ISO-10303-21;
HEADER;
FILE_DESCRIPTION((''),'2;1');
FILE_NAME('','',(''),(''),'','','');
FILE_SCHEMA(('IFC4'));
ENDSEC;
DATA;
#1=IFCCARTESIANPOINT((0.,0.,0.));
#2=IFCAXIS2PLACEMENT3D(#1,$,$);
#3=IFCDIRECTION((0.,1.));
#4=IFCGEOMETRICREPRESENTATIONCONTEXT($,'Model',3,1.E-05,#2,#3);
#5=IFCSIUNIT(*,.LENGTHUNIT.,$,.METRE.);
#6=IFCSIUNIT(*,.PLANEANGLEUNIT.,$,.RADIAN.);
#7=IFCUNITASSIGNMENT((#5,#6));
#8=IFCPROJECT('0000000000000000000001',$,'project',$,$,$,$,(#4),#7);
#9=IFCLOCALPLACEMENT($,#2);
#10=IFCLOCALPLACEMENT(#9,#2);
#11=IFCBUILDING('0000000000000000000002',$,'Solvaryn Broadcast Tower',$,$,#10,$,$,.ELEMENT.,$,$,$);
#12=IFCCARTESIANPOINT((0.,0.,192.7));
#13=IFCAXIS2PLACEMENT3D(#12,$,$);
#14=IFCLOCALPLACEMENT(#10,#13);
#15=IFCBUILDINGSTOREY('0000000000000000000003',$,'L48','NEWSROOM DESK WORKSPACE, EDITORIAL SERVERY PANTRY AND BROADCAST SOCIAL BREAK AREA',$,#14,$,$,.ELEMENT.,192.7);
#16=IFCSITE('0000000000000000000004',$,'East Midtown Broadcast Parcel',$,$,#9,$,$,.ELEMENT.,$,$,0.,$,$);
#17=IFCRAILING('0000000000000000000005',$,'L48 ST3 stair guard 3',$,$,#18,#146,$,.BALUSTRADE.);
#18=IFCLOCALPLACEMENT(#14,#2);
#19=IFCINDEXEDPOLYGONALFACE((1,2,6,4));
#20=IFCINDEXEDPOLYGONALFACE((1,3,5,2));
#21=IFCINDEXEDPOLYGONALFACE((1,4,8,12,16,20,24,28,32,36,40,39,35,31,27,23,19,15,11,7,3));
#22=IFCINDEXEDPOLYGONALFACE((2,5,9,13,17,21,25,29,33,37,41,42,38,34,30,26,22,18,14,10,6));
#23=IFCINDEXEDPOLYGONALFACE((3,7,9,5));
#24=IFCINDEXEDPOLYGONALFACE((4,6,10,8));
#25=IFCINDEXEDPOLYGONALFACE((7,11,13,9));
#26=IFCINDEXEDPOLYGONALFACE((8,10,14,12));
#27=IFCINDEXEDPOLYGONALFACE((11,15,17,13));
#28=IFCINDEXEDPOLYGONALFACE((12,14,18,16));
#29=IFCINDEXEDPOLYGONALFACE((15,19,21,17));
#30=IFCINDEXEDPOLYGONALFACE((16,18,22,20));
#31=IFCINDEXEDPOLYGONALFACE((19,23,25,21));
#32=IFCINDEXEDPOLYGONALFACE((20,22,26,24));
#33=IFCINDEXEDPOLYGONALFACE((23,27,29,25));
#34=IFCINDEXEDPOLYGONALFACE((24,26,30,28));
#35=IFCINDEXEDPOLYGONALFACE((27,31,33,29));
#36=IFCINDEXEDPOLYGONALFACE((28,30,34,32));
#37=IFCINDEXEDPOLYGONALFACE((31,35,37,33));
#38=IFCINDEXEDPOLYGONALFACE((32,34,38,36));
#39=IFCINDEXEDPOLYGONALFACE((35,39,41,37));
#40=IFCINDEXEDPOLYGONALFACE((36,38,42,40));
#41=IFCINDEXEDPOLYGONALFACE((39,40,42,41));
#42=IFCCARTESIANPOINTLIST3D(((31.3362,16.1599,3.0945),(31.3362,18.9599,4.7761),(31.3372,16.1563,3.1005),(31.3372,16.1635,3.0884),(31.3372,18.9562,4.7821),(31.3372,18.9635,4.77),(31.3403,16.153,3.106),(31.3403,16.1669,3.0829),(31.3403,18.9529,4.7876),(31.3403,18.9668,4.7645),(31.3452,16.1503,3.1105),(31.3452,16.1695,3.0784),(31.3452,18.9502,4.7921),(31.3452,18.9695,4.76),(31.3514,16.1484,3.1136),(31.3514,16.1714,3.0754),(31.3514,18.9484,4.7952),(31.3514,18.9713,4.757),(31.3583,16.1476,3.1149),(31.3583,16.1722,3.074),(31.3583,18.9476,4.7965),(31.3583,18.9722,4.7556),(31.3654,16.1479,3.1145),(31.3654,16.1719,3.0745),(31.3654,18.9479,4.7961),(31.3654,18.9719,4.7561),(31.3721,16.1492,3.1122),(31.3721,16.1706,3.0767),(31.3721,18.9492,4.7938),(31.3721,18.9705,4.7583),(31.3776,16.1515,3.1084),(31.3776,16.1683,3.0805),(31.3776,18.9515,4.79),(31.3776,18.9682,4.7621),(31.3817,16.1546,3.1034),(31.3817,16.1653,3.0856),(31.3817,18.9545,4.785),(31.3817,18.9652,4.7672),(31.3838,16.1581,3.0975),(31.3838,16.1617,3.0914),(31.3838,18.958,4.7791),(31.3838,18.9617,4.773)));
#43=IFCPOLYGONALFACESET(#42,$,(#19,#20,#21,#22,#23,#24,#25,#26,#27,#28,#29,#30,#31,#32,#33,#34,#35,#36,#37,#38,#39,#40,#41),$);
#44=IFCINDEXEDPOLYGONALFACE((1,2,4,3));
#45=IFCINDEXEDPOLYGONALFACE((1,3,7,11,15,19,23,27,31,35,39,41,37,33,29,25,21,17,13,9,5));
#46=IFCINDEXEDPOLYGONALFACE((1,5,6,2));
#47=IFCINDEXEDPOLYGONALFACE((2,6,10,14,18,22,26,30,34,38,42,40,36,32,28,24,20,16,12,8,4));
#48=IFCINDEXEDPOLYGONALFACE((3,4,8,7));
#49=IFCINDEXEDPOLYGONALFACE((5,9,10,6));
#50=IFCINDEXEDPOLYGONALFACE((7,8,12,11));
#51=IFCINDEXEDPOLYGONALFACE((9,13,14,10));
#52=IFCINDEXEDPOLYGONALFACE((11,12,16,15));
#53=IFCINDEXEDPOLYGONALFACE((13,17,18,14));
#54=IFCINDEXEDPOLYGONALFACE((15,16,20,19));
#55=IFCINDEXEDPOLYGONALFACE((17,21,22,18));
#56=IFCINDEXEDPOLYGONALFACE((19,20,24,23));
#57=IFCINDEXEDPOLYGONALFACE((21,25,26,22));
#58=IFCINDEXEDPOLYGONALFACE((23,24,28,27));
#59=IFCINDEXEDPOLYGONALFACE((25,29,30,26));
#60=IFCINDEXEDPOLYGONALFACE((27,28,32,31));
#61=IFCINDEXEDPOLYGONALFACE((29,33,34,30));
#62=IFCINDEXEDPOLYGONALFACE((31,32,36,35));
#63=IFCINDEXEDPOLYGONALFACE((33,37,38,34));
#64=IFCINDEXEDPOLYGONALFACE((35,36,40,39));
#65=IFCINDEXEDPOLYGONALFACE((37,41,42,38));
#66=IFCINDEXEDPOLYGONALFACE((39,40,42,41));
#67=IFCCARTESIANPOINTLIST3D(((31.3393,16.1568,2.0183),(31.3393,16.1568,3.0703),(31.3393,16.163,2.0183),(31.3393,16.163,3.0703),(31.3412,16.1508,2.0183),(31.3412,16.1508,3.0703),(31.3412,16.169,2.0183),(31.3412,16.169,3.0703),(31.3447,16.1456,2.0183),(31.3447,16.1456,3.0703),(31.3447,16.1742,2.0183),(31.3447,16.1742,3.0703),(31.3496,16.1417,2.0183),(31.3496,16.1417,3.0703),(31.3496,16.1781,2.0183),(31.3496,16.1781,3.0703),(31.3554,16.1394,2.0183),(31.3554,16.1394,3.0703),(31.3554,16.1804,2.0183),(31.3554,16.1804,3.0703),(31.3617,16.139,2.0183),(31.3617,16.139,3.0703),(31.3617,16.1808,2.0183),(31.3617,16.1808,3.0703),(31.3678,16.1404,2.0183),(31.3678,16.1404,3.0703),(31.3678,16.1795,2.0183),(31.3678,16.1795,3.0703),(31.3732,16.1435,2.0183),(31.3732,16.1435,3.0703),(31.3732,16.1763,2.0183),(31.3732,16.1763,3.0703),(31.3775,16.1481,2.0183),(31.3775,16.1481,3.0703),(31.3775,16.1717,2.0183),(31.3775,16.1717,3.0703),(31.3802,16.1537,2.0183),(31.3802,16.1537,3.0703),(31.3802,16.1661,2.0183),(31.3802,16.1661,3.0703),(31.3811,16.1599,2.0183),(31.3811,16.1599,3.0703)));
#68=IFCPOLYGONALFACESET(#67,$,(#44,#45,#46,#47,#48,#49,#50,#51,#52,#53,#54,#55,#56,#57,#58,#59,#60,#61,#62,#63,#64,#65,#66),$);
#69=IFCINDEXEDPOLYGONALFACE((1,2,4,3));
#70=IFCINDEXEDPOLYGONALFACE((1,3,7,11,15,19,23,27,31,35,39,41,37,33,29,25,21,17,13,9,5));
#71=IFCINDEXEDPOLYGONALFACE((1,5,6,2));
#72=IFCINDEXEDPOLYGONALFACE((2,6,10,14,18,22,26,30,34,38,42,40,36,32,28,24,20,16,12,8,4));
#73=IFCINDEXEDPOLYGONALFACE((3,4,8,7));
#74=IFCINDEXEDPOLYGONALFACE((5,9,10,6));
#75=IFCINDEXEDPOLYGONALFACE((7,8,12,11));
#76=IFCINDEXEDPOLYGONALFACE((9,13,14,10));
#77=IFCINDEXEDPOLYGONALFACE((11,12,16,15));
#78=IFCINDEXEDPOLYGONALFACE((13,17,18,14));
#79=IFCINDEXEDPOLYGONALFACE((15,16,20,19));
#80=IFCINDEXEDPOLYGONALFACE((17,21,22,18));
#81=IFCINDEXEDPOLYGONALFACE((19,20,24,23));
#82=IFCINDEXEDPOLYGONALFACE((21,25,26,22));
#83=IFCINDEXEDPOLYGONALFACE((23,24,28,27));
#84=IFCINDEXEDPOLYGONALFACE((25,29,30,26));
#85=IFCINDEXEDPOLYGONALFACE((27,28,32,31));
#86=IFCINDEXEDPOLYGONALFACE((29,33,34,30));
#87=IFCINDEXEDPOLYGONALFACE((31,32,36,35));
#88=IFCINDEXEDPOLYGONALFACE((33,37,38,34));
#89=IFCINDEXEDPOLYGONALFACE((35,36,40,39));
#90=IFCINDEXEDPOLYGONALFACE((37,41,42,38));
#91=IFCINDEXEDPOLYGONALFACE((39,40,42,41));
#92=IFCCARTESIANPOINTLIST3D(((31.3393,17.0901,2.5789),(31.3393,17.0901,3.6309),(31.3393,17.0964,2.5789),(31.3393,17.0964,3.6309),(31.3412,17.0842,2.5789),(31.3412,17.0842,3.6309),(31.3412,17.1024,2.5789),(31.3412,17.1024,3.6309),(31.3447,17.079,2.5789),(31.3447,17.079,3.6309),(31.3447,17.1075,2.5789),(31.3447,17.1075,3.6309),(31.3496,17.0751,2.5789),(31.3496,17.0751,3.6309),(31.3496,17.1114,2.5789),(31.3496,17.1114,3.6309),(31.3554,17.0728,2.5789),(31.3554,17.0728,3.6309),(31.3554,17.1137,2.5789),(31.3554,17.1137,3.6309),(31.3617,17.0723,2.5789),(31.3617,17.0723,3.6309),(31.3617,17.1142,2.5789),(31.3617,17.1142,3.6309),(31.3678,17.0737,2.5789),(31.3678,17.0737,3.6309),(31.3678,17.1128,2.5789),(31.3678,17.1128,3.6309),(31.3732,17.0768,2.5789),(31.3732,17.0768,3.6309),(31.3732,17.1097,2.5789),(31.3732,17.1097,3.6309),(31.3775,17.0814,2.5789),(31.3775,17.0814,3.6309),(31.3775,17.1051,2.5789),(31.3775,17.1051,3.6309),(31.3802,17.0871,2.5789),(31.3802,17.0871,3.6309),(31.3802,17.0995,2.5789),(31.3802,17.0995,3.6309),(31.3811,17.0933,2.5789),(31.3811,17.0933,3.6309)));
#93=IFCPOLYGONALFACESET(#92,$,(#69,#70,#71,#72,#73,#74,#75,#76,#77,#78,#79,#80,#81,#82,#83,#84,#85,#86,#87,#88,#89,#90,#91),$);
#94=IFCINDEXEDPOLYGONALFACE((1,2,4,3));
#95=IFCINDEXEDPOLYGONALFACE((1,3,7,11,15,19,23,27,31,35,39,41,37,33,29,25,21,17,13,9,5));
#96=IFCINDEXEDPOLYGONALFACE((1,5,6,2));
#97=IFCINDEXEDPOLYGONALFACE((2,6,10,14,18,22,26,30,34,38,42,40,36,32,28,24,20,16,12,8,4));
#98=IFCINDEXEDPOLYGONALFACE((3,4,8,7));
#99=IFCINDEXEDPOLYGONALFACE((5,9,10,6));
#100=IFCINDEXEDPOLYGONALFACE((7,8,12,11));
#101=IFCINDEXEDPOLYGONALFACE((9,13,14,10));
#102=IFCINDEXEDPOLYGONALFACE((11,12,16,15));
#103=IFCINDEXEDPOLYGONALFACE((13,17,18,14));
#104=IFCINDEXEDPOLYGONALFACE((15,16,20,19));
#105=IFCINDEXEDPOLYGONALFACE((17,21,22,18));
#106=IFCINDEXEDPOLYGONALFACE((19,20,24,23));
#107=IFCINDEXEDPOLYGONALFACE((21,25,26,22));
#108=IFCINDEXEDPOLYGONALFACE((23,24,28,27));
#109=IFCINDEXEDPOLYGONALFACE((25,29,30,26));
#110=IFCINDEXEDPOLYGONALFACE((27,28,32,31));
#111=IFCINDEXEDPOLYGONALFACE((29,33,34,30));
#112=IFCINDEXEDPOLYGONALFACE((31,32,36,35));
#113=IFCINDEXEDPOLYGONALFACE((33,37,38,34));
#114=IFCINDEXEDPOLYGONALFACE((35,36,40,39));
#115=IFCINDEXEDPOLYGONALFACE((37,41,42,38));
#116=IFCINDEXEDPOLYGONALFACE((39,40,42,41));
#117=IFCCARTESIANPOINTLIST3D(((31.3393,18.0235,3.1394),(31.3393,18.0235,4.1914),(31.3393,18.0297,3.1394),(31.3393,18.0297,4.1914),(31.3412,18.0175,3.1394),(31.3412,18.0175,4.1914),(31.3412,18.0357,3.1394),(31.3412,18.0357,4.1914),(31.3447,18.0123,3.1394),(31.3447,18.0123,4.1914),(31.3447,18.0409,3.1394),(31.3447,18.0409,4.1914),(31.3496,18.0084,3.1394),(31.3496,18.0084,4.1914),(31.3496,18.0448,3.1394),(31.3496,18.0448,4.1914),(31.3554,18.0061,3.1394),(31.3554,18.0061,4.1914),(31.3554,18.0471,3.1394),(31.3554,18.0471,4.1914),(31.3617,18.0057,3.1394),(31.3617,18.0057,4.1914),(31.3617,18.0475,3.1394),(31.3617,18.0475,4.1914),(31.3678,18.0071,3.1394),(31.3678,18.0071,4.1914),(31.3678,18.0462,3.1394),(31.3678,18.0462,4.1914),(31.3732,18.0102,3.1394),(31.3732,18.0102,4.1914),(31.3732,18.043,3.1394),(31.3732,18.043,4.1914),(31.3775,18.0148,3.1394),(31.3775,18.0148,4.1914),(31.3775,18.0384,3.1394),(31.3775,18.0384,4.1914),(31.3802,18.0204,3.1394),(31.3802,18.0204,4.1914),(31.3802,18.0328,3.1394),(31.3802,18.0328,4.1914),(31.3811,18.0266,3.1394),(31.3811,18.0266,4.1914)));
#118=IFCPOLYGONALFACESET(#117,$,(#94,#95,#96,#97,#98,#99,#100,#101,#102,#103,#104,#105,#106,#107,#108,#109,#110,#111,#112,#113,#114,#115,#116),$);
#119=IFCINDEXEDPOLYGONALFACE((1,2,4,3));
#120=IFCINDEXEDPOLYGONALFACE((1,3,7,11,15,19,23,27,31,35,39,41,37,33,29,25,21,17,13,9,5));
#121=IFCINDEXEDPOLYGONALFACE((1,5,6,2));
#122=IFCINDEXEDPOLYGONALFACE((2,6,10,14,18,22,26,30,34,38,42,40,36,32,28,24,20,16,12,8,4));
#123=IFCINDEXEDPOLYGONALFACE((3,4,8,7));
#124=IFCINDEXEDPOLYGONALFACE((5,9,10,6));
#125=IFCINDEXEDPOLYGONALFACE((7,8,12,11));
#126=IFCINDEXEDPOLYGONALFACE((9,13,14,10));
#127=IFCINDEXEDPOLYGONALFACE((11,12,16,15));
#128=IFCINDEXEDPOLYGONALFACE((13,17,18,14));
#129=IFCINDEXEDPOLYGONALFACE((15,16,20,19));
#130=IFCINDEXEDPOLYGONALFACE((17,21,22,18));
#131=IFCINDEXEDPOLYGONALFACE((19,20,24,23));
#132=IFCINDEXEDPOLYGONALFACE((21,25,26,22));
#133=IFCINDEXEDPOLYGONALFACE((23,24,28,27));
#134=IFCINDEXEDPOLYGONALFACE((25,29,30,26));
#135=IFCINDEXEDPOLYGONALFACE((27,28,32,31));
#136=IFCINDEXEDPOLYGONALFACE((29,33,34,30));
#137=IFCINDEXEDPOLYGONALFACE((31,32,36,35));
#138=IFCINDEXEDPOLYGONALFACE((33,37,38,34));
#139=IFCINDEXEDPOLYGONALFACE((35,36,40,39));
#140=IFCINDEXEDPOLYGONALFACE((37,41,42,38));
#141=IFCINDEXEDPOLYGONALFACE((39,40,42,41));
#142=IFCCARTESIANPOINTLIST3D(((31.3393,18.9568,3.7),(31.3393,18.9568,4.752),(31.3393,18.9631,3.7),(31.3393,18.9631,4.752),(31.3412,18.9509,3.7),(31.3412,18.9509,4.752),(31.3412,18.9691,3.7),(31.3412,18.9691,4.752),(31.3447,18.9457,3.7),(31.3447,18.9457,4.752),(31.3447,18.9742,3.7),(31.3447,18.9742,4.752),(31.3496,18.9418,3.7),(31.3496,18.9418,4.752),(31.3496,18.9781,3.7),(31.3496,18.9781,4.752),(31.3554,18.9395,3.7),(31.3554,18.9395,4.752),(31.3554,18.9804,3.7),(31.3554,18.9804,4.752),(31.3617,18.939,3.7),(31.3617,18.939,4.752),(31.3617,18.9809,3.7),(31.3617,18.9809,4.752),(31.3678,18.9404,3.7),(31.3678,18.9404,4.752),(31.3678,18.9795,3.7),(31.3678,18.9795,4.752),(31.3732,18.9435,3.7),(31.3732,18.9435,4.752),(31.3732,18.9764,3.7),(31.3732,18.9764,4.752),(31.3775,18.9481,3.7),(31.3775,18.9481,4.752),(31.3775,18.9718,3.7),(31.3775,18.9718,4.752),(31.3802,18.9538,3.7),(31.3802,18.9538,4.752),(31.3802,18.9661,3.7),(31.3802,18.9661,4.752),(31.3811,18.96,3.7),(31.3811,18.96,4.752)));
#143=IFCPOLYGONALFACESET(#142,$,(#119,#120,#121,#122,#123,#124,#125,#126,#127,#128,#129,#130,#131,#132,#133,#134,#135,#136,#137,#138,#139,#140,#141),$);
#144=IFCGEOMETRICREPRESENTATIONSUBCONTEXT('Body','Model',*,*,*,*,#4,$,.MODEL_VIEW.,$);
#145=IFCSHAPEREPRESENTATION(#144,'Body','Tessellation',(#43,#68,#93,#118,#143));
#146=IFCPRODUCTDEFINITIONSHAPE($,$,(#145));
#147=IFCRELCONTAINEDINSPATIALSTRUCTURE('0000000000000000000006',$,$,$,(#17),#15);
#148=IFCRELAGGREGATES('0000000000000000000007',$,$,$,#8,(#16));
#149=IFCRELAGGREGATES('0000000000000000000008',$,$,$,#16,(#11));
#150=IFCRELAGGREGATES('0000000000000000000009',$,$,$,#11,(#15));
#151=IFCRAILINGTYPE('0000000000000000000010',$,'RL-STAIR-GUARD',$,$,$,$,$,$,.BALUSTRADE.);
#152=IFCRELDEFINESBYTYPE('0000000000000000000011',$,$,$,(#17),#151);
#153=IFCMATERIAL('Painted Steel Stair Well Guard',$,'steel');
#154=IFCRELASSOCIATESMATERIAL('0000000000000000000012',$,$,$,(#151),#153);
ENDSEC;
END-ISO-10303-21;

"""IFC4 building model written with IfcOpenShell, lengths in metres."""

from ifc_helpers import new_model, si_unit, direction, frame, origin, origin_2d, place, context, subcontext, project, spatial, circle, extrude, material, type_object, element, save


model = new_model("IFC4")

# Units and contexts
model_context = context("Model", 3, precision=1e-05, world=origin(), true_north=direction((0.0, 1.0)))
body_context = subcontext(model_context, "Body", "Model", "MODEL_VIEW")
ifc_project = project(units=[si_unit("LENGTHUNIT", "METRE"), si_unit("PLANEANGLEUNIT", "RADIAN")], contexts=[model_context])

# Site, building, storey
site_placement = place(None, origin())
site = spatial("IfcSite", under=ifc_project, at=site_placement, Name="East Midtown Broadcast Parcel", CompositionType="ELEMENT", RefElevation=0.0)
building_placement = place(site_placement, origin())
building = spatial("IfcBuilding", under=site, at=building_placement, Name="Solvaryn Broadcast Tower", CompositionType="ELEMENT")
storey_placement = place(building_placement, frame((0.0, 0.0, 192.7)))
storey = spatial("IfcBuildingStorey", under=building, at=storey_placement, Name="L48", Description="NEWSROOM DESK WORKSPACE, EDITORIAL SERVERY PANTRY AND BROADCAST SOCIAL BREAK AREA", CompositionType="ELEMENT", Elevation=192.7)

# Railing
ifc_material_1 = material(Name="Painted Steel Stair Well Guard", Category="steel")
railing_type_1 = type_object("IfcRailingType", Name="RL-STAIR-GUARD", PredefinedType="BALUSTRADE", material=ifc_material_1)
railing_1_placement = place(storey_placement, frame((31.3601, 16.1599, 2.0183)))
element("IfcRailing", 1, at=railing_1_placement, inside=storey, type_object=railing_type_1, Name="L48 ST3 stair guard 3", PredefinedType="BALUSTRADE", context=body_context, shape_type="SweptSolid", body=[
    extrude(circle(Radius=0.0239, at=origin_2d()), frame((0.0, 0.0, 1.0762), z_axis=(0.0, 0.857275, 0.514858), x_axis=(-1.0, 0.0, 0.0)), (0.0, 0.0, 1.0), 3.2661),
    extrude(circle(Radius=0.021, at=origin_2d()), origin(), (0.0, 0.0, 1.0), 1.052),
    extrude(circle(Radius=0.021, at=origin_2d()), frame((0.0, 0.9333, 0.5605)), (0.0, 0.0, 1.0), 1.052),
    extrude(circle(Radius=0.021, at=origin_2d()), frame((0.0, 1.8667, 1.1211)), (0.0, 0.0, 1.0), 1.052),
    extrude(circle(Radius=0.021, at=origin_2d()), frame((0.0, 2.8, 1.6816)), (0.0, 0.0, 1.0), 1.052),
])

save(model, "model.ifc")
